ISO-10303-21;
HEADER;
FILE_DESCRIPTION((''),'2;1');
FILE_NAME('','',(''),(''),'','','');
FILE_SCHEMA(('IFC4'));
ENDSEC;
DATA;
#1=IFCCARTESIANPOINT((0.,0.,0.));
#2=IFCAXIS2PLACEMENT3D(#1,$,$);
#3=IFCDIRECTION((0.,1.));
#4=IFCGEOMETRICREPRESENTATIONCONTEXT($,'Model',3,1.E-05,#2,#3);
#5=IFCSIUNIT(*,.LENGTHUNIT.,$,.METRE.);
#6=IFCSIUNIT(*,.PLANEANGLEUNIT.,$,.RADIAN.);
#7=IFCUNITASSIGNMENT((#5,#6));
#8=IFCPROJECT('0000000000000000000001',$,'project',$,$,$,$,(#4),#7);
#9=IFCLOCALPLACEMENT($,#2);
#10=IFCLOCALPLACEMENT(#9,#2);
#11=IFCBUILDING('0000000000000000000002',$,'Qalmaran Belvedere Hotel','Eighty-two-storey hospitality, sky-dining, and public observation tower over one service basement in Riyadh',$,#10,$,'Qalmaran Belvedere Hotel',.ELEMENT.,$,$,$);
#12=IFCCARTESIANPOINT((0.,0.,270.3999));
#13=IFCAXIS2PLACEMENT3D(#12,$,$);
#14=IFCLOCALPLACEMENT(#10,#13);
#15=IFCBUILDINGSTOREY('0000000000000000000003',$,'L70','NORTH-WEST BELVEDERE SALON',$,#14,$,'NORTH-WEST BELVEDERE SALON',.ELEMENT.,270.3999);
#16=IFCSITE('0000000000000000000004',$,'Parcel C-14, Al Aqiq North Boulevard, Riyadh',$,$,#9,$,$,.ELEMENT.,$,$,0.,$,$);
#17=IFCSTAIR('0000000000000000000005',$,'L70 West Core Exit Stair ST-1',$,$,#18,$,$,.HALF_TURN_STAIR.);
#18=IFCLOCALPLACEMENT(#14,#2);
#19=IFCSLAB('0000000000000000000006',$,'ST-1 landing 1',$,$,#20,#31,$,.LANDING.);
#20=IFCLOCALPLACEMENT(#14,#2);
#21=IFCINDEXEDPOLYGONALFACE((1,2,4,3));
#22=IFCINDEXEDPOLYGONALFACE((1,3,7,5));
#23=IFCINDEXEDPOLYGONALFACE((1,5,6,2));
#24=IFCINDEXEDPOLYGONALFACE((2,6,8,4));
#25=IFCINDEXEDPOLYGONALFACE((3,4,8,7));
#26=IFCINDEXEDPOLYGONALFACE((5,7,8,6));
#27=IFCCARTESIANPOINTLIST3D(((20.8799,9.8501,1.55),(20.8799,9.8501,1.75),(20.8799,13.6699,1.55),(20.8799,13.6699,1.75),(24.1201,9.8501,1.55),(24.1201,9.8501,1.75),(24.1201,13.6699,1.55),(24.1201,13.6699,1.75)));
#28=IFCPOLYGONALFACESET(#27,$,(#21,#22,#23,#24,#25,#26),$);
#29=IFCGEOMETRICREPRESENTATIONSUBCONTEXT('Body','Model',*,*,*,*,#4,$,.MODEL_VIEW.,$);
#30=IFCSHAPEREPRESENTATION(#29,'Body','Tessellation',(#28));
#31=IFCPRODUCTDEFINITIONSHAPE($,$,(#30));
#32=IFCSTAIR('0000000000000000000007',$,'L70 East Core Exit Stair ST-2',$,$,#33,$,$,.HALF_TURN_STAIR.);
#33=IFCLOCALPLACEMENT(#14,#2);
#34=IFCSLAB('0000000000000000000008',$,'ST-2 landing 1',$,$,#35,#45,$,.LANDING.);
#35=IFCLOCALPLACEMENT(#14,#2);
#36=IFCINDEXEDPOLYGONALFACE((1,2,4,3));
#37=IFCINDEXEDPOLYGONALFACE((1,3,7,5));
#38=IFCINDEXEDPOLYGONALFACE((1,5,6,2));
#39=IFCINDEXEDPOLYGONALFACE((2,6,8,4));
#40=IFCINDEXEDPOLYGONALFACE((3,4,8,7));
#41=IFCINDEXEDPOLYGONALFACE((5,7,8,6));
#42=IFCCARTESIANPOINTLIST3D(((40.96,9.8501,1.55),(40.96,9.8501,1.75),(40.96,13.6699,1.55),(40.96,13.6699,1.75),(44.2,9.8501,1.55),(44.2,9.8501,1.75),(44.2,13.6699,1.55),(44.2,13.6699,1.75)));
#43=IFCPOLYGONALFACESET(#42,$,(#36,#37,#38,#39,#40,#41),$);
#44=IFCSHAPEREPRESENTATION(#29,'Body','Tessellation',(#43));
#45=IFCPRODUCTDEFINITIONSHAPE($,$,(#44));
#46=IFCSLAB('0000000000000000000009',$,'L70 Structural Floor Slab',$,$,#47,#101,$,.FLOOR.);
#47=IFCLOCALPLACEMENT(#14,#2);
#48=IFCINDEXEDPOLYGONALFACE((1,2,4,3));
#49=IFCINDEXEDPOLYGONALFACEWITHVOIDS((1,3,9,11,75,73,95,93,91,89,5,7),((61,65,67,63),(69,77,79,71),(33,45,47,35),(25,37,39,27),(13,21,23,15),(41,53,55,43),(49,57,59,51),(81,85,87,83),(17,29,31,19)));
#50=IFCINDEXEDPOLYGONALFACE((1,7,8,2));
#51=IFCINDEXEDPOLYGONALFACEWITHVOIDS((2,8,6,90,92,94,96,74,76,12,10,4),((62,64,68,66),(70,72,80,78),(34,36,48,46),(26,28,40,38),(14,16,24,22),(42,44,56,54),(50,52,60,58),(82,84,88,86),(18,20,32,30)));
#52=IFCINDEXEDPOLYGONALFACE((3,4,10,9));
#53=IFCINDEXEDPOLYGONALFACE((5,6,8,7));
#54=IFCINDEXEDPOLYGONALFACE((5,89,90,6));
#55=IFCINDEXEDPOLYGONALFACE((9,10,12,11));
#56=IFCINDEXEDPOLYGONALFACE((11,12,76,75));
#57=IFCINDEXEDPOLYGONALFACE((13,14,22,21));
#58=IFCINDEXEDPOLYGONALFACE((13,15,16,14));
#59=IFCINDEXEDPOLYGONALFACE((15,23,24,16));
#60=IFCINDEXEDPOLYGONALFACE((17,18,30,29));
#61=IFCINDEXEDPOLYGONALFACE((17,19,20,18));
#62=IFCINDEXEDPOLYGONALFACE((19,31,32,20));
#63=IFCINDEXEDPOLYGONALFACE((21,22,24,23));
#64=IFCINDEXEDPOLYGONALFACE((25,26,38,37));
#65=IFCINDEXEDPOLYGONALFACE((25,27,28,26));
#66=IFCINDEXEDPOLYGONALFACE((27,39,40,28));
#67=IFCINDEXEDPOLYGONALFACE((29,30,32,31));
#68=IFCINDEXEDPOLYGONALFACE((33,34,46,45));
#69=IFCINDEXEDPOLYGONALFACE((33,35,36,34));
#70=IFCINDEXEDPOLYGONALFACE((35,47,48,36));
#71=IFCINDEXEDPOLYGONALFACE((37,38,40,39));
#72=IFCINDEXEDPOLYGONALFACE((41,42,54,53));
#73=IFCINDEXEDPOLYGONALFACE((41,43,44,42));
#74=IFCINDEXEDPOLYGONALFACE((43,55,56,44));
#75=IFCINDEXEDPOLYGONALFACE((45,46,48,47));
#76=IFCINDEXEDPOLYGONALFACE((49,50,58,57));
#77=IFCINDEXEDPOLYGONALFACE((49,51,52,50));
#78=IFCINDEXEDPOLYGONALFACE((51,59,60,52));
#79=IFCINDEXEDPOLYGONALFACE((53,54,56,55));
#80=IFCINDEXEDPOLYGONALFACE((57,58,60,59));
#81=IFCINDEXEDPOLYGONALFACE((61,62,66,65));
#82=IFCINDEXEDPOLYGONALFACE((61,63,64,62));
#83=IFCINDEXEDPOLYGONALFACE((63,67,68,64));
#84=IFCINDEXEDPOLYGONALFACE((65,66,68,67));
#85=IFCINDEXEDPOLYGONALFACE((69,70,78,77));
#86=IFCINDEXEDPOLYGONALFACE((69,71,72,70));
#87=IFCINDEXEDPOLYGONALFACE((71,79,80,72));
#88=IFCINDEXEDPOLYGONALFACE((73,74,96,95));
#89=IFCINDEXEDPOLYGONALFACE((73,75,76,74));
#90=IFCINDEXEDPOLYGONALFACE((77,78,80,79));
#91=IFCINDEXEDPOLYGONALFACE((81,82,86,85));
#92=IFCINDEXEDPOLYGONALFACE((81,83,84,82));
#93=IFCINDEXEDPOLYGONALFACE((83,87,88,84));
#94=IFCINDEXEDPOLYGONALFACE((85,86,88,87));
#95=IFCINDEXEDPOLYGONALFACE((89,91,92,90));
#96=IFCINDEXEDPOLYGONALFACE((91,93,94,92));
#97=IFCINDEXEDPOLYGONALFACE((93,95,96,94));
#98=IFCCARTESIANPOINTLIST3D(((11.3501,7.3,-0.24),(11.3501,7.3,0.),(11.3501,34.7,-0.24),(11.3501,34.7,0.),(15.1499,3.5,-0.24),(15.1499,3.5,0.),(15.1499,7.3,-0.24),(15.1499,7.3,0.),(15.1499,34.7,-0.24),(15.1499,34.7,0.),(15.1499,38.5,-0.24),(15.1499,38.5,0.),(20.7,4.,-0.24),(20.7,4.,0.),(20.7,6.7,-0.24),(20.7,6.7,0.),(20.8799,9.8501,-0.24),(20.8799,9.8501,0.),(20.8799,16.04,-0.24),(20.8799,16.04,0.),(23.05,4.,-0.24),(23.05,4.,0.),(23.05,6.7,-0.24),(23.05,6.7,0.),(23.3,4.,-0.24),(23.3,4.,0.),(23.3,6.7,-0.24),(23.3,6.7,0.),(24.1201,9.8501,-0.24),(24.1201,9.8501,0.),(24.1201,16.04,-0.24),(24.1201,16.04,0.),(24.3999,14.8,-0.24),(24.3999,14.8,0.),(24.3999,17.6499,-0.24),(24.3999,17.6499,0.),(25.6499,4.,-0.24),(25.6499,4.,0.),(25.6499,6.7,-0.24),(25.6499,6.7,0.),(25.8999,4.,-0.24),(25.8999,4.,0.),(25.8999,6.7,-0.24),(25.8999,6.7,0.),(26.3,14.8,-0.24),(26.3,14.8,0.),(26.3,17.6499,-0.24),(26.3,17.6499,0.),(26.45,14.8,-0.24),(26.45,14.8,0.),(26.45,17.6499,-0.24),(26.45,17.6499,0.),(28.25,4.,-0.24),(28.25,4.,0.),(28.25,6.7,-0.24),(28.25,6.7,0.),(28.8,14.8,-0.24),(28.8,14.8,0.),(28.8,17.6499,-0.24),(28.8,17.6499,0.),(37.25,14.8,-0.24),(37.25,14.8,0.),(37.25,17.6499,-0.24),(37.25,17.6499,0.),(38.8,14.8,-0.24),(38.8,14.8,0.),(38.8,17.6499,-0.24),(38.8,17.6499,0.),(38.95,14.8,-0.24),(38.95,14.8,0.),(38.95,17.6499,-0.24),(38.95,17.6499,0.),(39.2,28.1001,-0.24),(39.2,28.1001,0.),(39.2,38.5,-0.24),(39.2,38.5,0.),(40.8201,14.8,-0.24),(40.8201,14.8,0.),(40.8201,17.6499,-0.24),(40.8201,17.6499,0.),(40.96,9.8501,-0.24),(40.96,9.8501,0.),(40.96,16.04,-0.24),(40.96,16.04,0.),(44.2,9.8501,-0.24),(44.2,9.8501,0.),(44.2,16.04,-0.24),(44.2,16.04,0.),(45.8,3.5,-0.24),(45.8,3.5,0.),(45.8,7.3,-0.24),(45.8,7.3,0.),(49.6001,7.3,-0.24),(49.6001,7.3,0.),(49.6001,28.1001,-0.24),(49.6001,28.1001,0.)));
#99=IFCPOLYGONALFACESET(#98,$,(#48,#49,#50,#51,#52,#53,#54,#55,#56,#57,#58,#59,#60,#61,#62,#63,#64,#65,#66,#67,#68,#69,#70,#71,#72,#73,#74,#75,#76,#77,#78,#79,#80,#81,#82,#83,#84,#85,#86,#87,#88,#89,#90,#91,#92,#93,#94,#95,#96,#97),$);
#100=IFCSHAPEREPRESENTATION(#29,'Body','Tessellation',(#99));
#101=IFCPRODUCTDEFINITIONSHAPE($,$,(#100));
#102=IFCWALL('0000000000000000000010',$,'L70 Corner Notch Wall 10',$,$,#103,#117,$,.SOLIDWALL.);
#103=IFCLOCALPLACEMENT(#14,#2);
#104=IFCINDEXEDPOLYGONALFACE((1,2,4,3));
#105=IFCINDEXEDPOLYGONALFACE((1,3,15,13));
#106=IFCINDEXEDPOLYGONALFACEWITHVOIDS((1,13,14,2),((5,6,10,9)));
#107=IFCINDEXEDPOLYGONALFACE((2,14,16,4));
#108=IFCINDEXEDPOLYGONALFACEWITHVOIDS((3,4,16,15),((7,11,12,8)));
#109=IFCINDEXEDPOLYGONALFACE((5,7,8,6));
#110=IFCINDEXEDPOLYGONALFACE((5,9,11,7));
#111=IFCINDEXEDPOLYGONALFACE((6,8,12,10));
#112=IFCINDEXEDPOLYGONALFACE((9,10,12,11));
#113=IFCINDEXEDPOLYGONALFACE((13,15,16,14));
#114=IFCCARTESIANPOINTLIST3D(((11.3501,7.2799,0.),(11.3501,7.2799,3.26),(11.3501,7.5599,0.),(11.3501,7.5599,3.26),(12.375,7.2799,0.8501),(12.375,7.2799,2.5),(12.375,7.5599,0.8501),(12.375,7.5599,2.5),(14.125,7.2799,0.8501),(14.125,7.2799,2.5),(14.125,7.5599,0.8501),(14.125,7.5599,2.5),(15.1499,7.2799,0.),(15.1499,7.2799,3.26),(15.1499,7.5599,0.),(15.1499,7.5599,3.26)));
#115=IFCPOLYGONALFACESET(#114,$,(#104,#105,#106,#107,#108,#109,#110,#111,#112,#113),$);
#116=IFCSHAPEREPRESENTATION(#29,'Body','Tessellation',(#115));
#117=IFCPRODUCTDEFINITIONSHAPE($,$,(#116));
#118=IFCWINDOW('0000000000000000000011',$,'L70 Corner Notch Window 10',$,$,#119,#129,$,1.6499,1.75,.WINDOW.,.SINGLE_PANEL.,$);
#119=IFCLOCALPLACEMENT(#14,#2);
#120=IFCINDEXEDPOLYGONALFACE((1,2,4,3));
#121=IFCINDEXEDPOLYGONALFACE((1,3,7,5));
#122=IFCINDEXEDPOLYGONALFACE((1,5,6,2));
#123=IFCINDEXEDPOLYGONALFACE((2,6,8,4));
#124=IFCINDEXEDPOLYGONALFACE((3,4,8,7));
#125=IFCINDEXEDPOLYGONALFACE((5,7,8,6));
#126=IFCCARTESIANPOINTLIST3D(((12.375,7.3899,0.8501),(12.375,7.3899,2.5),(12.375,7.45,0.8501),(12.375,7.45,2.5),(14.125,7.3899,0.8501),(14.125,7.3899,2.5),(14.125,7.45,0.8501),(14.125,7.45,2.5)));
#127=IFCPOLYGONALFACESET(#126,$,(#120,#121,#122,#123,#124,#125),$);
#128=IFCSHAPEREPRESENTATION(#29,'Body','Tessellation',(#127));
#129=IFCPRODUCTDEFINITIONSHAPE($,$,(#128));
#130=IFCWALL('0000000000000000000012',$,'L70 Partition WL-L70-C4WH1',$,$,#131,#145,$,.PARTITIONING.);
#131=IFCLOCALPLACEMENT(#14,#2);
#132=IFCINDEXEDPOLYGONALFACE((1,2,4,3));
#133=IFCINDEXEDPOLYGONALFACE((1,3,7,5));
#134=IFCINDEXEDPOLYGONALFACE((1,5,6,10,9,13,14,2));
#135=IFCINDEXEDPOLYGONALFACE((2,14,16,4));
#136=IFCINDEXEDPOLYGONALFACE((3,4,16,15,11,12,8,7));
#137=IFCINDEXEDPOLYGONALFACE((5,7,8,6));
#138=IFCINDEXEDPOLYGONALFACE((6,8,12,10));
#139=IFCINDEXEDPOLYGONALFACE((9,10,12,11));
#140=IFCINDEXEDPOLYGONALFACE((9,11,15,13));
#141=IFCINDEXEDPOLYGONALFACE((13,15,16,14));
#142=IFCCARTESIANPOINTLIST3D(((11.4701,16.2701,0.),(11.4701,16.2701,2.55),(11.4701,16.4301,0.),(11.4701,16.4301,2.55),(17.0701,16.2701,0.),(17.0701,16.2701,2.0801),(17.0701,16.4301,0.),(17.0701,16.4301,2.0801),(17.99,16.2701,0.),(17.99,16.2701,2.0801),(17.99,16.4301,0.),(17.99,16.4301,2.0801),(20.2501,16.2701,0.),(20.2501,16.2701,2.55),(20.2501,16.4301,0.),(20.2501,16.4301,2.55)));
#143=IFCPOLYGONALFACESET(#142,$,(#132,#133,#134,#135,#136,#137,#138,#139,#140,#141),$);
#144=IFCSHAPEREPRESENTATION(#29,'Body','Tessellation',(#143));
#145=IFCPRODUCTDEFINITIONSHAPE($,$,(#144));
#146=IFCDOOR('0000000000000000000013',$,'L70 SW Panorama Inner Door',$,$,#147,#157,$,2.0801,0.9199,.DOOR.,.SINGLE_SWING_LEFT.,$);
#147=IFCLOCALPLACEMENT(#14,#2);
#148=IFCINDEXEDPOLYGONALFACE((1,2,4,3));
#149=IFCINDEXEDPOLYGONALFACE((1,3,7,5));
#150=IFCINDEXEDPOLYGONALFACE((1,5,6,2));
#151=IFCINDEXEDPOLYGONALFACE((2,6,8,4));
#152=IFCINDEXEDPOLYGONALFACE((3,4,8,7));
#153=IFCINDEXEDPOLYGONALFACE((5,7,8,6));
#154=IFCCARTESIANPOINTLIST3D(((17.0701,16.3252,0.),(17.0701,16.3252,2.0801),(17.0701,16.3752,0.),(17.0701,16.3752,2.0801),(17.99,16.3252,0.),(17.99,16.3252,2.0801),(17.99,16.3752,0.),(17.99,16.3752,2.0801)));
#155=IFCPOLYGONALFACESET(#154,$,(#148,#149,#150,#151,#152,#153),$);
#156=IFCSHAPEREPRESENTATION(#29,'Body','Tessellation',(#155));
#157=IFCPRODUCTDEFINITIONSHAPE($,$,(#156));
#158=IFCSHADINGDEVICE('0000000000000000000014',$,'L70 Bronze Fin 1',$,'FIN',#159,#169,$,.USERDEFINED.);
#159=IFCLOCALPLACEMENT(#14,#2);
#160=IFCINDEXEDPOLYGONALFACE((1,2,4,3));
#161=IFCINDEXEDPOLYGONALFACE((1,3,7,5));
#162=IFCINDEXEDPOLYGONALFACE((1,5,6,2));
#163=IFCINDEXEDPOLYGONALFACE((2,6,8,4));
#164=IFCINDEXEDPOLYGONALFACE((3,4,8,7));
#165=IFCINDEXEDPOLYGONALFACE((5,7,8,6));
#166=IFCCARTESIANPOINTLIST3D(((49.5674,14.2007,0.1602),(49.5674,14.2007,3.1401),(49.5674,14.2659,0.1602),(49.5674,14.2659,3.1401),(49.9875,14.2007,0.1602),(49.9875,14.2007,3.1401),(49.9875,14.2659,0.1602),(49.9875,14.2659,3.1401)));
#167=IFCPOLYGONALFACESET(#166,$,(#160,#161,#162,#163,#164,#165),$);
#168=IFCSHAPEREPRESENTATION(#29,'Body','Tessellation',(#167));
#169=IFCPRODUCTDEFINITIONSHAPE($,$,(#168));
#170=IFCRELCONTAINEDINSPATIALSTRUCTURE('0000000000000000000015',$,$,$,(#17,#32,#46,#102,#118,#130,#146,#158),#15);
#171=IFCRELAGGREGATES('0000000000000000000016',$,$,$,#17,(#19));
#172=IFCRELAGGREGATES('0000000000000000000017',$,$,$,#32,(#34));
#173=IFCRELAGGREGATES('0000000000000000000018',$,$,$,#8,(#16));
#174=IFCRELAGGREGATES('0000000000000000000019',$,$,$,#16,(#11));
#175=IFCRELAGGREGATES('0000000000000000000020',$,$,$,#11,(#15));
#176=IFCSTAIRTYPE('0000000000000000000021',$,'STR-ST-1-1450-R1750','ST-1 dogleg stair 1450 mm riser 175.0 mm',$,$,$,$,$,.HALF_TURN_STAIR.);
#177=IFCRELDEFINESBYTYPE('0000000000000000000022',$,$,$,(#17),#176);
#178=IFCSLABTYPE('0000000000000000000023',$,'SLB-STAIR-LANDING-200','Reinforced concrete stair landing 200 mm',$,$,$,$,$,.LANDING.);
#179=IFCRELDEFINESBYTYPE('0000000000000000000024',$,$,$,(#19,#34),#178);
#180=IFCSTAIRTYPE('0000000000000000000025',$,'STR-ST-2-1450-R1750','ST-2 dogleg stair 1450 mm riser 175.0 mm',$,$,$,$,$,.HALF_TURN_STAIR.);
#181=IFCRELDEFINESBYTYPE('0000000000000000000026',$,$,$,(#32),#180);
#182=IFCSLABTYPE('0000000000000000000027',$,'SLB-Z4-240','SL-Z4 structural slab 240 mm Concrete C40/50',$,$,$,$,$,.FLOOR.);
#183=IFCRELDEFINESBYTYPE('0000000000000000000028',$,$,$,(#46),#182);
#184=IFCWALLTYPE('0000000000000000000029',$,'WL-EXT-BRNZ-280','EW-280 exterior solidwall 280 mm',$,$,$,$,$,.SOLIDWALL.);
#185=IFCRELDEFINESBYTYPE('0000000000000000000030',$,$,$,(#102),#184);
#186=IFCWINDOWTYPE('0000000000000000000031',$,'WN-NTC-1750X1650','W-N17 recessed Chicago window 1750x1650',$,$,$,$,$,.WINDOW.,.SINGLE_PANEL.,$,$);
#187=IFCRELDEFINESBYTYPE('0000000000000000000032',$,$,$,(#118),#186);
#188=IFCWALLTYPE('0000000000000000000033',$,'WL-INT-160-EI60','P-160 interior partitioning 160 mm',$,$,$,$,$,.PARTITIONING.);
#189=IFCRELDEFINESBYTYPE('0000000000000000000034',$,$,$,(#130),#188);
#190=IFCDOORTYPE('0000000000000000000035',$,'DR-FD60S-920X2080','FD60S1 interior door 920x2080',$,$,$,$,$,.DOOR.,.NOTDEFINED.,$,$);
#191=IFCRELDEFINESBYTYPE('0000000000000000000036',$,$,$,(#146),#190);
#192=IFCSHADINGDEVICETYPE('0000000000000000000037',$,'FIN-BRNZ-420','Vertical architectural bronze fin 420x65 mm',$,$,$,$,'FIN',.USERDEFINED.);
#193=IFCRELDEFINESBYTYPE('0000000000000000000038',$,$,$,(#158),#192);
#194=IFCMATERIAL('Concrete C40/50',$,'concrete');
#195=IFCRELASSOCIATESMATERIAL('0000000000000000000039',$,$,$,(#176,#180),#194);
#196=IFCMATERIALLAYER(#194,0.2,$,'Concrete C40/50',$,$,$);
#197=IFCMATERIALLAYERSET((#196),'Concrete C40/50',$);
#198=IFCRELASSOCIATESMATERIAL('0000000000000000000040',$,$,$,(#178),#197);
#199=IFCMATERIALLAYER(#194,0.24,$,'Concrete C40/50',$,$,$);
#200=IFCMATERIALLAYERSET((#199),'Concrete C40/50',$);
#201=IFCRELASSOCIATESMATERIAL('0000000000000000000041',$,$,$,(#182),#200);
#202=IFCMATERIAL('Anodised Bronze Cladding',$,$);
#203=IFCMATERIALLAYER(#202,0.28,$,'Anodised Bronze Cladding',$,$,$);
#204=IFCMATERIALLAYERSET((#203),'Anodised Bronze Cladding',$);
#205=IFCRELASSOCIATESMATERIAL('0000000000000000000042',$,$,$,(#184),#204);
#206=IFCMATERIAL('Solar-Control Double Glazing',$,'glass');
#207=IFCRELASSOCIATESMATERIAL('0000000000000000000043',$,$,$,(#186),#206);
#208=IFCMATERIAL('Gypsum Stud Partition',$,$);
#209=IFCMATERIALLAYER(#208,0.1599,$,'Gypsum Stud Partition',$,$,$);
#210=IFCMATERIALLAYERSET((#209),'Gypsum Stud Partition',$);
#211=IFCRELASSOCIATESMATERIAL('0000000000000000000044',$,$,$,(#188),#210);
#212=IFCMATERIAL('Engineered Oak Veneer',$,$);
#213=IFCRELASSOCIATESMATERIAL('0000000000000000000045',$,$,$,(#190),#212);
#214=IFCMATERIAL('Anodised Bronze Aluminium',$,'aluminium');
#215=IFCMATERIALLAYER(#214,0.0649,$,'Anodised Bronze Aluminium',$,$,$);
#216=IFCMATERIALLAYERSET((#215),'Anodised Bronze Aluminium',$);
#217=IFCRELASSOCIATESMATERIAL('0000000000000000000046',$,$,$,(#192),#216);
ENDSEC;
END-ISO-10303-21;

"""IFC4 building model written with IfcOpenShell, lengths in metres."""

from ifc_helpers import new_model, si_unit, direction, frame, frame_2d, origin, place, context, subcontext, project, spatial, polyline, rectangle, outline, extrude, material, layer, layer_set, type_object, element, fill, aggregate, save


model = new_model("IFC4")

# Units and contexts
model_context = context("Model", 3, precision=1e-05, world=origin(), true_north=direction((0.0, 1.0)))
body_context = subcontext(model_context, "Body", "Model", "MODEL_VIEW")
ifc_project = project(units=[si_unit("LENGTHUNIT", "METRE"), si_unit("PLANEANGLEUNIT", "RADIAN")], contexts=[model_context])

# Site, building, storey
site_placement = place(None, origin())
site = spatial("IfcSite", under=ifc_project, at=site_placement, Name="Parcel C-14, Al Aqiq North Boulevard, Riyadh", CompositionType="ELEMENT", RefElevation=0.0)
building_placement = place(site_placement, origin())
building = spatial("IfcBuilding", under=site, at=building_placement, Name="Qalmaran Belvedere Hotel", Description="Eighty-two-storey hospitality, sky-dining, and public observation tower over one service basement in Riyadh", LongName="Qalmaran Belvedere Hotel", CompositionType="ELEMENT")
storey_placement = place(building_placement, frame((0.0, 0.0, 270.3999)))
storey = spatial("IfcBuildingStorey", under=building, at=storey_placement, Name="L70", Description="NORTH-WEST BELVEDERE SALON", LongName="NORTH-WEST BELVEDERE SALON", CompositionType="ELEMENT", Elevation=270.3999)

# Shared definitions
ifc_material_1 = material(Name="Anodised Bronze Aluminium", Category="aluminium")

# Shared definitions
ifc_material_2 = material(Name="Solar-Control Double Glazing", Category="glass")

# Shared definitions
ifc_material_3 = material(Name="Concrete C40/50", Category="concrete")

# Stairs, slabs
stair_type_1 = type_object("IfcStairType", Name="STR-ST-1-1450-R1750", Description="ST-1 dogleg stair 1450 mm riser 175.0 mm", PredefinedType="HALF_TURN_STAIR", material=ifc_material_3)
stair_1_placement = place(storey_placement, origin())
stair_1 = element("IfcStair", 1, at=stair_1_placement, inside=storey, type_object=stair_type_1, Name="L70 West Core Exit Stair ST-1", PredefinedType="HALF_TURN_STAIR")
ifc_layer_1 = layer(ifc_material_3, 0.2, Name="Concrete C40/50")
ifc_layer_set_1 = layer_set([ifc_layer_1], Name="Concrete C40/50")
slab_type_1 = type_object("IfcSlabType", Name="SLB-STAIR-LANDING-200", Description="Reinforced concrete stair landing 200 mm", PredefinedType="LANDING", material=ifc_layer_set_1)
slab_1_placement = place(storey_placement, frame((0.0, 0.0, 1.55)))
slab_1 = element("IfcSlab", 2, at=slab_1_placement, type_object=slab_type_1, Name="ST-1 landing 1", PredefinedType="LANDING", context=body_context, shape_type="SweptSolid", body=[
    extrude(outline(polyline([(20.8799, 13.6699), (20.8799, 9.8501), (24.1201, 9.8501), (24.1201, 13.6699), (20.8799, 13.6699)])), origin(), (0.0, 0.0, 1.0), 0.2),
])
aggregate(stair_1, [slab_1])
stair_type_2 = type_object("IfcStairType", Name="STR-ST-2-1450-R1750", Description="ST-2 dogleg stair 1450 mm riser 175.0 mm", PredefinedType="HALF_TURN_STAIR", material=ifc_material_3)
stair_2_placement = place(storey_placement, origin())
stair_2 = element("IfcStair", 3, at=stair_2_placement, inside=storey, type_object=stair_type_2, Name="L70 East Core Exit Stair ST-2", PredefinedType="HALF_TURN_STAIR")
slab_2_placement = place(storey_placement, frame((0.0, 0.0, 1.55)))
slab_2 = element("IfcSlab", 4, at=slab_2_placement, type_object=slab_type_1, Name="ST-2 landing 1", PredefinedType="LANDING", context=body_context, shape_type="SweptSolid", body=[
    extrude(outline(polyline([(40.96, 13.6699), (40.96, 9.8501), (44.2, 9.8501), (44.2, 13.6699), (40.96, 13.6699)])), origin(), (0.0, 0.0, 1.0), 0.2),
])
aggregate(stair_2, [slab_2])

# Slab
ifc_layer_2 = layer(ifc_material_3, 0.24, Name="Concrete C40/50")
ifc_layer_set_2 = layer_set([ifc_layer_2], Name="Concrete C40/50")
slab_type_2 = type_object("IfcSlabType", Name="SLB-Z4-240", Description="SL-Z4 structural slab 240 mm Concrete C40/50", PredefinedType="FLOOR", material=ifc_layer_set_2)
slab_3_placement = place(storey_placement, frame((0.0, 0.0, -0.24)))
element("IfcSlab", 5, at=slab_3_placement, inside=storey, type_object=slab_type_2, Name="L70 Structural Floor Slab", PredefinedType="FLOOR", context=body_context, shape_type="SweptSolid", body=[
    extrude(outline(polyline([(15.1499, 3.5), (45.8, 3.5), (45.8, 7.3), (49.6001, 7.3), (49.6001, 28.1001), (39.2, 28.1001), (39.2, 38.5), (15.1499, 38.5), (15.1499, 34.7), (11.3501, 34.7), (11.3501, 7.3), (15.1499, 7.3), (15.1499, 3.5)]), holes=[polyline([(20.8799, 9.8501), (24.1201, 9.8501), (24.1201, 16.04), (20.8799, 16.04), (20.8799, 9.8501)]), polyline([(40.96, 9.8501), (44.2, 9.8501), (44.2, 16.04), (40.96, 16.04), (40.96, 9.8501)]), polyline([(20.7, 4.0), (23.05, 4.0), (23.05, 6.7), (20.7, 6.7), (20.7, 4.0)]), polyline([(23.3, 4.0), (25.6499, 4.0), (25.6499, 6.7), (23.3, 6.7), (23.3, 4.0)]), polyline([(25.8999, 4.0), (28.25, 4.0), (28.25, 6.7), (25.8999, 6.7), (25.8999, 4.0)]), polyline([(24.3999, 14.8), (26.3, 14.8), (26.3, 17.6499), (24.3999, 17.6499), (24.3999, 14.8)]), polyline([(38.95, 14.8), (40.8201, 14.8), (40.8201, 17.6499), (38.95, 17.6499), (38.95, 14.8)]), polyline([(26.45, 14.8), (28.8, 14.8), (28.8, 17.6499), (26.45, 17.6499), (26.45, 14.8)]), polyline([(37.25, 14.8), (38.8, 14.8), (38.8, 17.6499), (37.25, 17.6499), (37.25, 14.8)])]), origin(), (0.0, 0.0, 1.0), 0.24),
])

# Wall, opening, window
ifc_material_4 = material(Name="Anodised Bronze Cladding")
ifc_layer_3 = layer(ifc_material_4, 0.28, Name="Anodised Bronze Cladding")
ifc_layer_set_3 = layer_set([ifc_layer_3], Name="Anodised Bronze Cladding")
wall_type_1 = type_object("IfcWallType", Name="WL-EXT-BRNZ-280", Description="EW-280 exterior solidwall 280 mm", PredefinedType="SOLIDWALL", material=ifc_layer_set_3)
wall_1_placement = place(storey_placement, frame((11.3501, 7.4199, 0.0), z_axis=(0.0, 0.0, 1.0), x_axis=(1.0, 0.0, 0.0)))
wall_1 = element("IfcWall", 6, at=wall_1_placement, inside=storey, type_object=wall_type_1, Name="L70 Corner Notch Wall 10", PredefinedType="SOLIDWALL", context=body_context, shape_type="SweptSolid", body=[
    extrude(rectangle(XDim=3.7998, YDim=0.28, at=frame_2d((1.8999, 0.0))), origin(), (0.0, 0.0, 1.0), 3.26),
])
opening_1_placement = place(wall_1_placement, frame((1.0249, 0.0, 0.8501)))
opening_1 = element("IfcOpeningElement", 7, at=opening_1_placement, cuts=wall_1, PredefinedType="OPENING", context=body_context, shape_type="SweptSolid", body=[
    extrude(rectangle(XDim=1.75, YDim=1.6499, at=frame_2d((0.875, 0.825))), frame((0.0, 0.1499, 0.0), z_axis=(0.0, -1.0, 0.0), x_axis=(1.0, 0.0, 0.0)), (0.0, 0.0, 1.0), 0.3),
])
window_type = type_object("IfcWindowType", Name="WN-NTC-1750X1650", Description="W-N17 recessed Chicago window 1750x1650", PartitioningType="SINGLE_PANEL", PredefinedType="WINDOW", material=ifc_material_2)
window_placement = place(opening_1_placement, origin())
window = element("IfcWindow", 8, at=window_placement, inside=storey, type_object=window_type, Name="L70 Corner Notch Window 10", OverallHeight=1.6499, OverallWidth=1.75, PartitioningType="SINGLE_PANEL", PredefinedType="WINDOW", context=body_context, shape_type="SweptSolid", body=[
    extrude(rectangle(XDim=1.75, YDim=1.6499, at=frame_2d((0.875, 0.825))), frame((0.0, 0.03, 0.0), z_axis=(0.0, -1.0, 0.0), x_axis=(1.0, 0.0, 0.0)), (0.0, 0.0, 1.0), 0.0601),
])
fill(opening_1, window)

# Wall, opening, door
ifc_material_5 = material(Name="Gypsum Stud Partition")
ifc_layer_4 = layer(ifc_material_5, 0.1599, Name="Gypsum Stud Partition")
ifc_layer_set_4 = layer_set([ifc_layer_4], Name="Gypsum Stud Partition")
wall_type_2 = type_object("IfcWallType", Name="WL-INT-160-EI60", Description="P-160 interior partitioning 160 mm", PredefinedType="PARTITIONING", material=ifc_layer_set_4)
wall_2_placement = place(storey_placement, frame((11.47, 16.3501, 0.0), z_axis=(0.0, 0.0, 1.0), x_axis=(1.0, 0.0, 0.0)))
wall_2 = element("IfcWall", 9, at=wall_2_placement, inside=storey, type_object=wall_type_2, Name="L70 Partition WL-L70-C4WH1", PredefinedType="PARTITIONING", context=body_context, shape_type="SweptSolid", body=[
    extrude(rectangle(XDim=8.78, YDim=0.1599, at=frame_2d((4.3901, 0.0))), origin(), (0.0, 0.0, 1.0), 2.55),
])
opening_2_placement = place(wall_2_placement, frame((6.52, 0.0, 0.0), z_axis=(0.0, 0.0, 1.0), x_axis=(-1.0, 0.0, 0.0)))
opening_2 = element("IfcOpeningElement", 10, at=opening_2_placement, cuts=wall_2, PredefinedType="OPENING", context=body_context, shape_type="SweptSolid", body=[
    extrude(rectangle(XDim=0.9199, YDim=2.0801, at=frame_2d((0.46, 1.04))), frame((0.0, 0.0898, 0.0), z_axis=(0.0, -1.0, 0.0), x_axis=(1.0, 0.0, 0.0)), (0.0, 0.0, 1.0), 0.1799),
])
ifc_material_6 = material(Name="Engineered Oak Veneer")
door_type = type_object("IfcDoorType", Name="DR-FD60S-920X2080", Description="FD60S1 interior door 920x2080", OperationType="NOTDEFINED", PredefinedType="DOOR", material=ifc_material_6)
door_placement = place(opening_2_placement, origin())
door = element("IfcDoor", 11, at=door_placement, inside=storey, type_object=door_type, Name="L70 SW Panorama Inner Door", OperationType="SINGLE_SWING_LEFT", OverallHeight=2.0801, OverallWidth=0.9199, PredefinedType="DOOR", context=body_context, shape_type="SweptSolid", body=[
    extrude(rectangle(XDim=0.9199, YDim=2.0801, at=frame_2d((0.46, 1.04))), frame((0.0, 0.0249, 0.0), z_axis=(0.0, -1.0, 0.0), x_axis=(1.0, 0.0, 0.0)), (0.0, 0.0, 1.0), 0.05),
])
fill(opening_2, door)

# Shading device
ifc_layer_5 = layer(ifc_material_1, 0.0649, Name="Anodised Bronze Aluminium")
ifc_layer_set_5 = layer_set([ifc_layer_5], Name="Anodised Bronze Aluminium")
shading_device_type = type_object("IfcShadingDeviceType", Name="FIN-BRNZ-420", Description="Vertical architectural bronze fin 420x65 mm", ElementType="FIN", PredefinedType="USERDEFINED", material=ifc_layer_set_5)
shading_device_1_placement = place(storey_placement, frame((0.0, 0.0, 0.1602)))
element("IfcShadingDevice", 12, at=shading_device_1_placement, inside=storey, type_object=shading_device_type, Name="L70 Bronze Fin 1", ObjectType="FIN", PredefinedType="USERDEFINED", context=body_context, shape_type="SweptSolid", body=[
    extrude(outline(polyline([(49.5674, 14.2007), (49.9875, 14.2007), (49.9875, 14.2659), (49.5674, 14.2659), (49.5674, 14.2007)])), origin(), (0.0, 0.0, 1.0), 2.98),
])

save(model, "model.ifc")
